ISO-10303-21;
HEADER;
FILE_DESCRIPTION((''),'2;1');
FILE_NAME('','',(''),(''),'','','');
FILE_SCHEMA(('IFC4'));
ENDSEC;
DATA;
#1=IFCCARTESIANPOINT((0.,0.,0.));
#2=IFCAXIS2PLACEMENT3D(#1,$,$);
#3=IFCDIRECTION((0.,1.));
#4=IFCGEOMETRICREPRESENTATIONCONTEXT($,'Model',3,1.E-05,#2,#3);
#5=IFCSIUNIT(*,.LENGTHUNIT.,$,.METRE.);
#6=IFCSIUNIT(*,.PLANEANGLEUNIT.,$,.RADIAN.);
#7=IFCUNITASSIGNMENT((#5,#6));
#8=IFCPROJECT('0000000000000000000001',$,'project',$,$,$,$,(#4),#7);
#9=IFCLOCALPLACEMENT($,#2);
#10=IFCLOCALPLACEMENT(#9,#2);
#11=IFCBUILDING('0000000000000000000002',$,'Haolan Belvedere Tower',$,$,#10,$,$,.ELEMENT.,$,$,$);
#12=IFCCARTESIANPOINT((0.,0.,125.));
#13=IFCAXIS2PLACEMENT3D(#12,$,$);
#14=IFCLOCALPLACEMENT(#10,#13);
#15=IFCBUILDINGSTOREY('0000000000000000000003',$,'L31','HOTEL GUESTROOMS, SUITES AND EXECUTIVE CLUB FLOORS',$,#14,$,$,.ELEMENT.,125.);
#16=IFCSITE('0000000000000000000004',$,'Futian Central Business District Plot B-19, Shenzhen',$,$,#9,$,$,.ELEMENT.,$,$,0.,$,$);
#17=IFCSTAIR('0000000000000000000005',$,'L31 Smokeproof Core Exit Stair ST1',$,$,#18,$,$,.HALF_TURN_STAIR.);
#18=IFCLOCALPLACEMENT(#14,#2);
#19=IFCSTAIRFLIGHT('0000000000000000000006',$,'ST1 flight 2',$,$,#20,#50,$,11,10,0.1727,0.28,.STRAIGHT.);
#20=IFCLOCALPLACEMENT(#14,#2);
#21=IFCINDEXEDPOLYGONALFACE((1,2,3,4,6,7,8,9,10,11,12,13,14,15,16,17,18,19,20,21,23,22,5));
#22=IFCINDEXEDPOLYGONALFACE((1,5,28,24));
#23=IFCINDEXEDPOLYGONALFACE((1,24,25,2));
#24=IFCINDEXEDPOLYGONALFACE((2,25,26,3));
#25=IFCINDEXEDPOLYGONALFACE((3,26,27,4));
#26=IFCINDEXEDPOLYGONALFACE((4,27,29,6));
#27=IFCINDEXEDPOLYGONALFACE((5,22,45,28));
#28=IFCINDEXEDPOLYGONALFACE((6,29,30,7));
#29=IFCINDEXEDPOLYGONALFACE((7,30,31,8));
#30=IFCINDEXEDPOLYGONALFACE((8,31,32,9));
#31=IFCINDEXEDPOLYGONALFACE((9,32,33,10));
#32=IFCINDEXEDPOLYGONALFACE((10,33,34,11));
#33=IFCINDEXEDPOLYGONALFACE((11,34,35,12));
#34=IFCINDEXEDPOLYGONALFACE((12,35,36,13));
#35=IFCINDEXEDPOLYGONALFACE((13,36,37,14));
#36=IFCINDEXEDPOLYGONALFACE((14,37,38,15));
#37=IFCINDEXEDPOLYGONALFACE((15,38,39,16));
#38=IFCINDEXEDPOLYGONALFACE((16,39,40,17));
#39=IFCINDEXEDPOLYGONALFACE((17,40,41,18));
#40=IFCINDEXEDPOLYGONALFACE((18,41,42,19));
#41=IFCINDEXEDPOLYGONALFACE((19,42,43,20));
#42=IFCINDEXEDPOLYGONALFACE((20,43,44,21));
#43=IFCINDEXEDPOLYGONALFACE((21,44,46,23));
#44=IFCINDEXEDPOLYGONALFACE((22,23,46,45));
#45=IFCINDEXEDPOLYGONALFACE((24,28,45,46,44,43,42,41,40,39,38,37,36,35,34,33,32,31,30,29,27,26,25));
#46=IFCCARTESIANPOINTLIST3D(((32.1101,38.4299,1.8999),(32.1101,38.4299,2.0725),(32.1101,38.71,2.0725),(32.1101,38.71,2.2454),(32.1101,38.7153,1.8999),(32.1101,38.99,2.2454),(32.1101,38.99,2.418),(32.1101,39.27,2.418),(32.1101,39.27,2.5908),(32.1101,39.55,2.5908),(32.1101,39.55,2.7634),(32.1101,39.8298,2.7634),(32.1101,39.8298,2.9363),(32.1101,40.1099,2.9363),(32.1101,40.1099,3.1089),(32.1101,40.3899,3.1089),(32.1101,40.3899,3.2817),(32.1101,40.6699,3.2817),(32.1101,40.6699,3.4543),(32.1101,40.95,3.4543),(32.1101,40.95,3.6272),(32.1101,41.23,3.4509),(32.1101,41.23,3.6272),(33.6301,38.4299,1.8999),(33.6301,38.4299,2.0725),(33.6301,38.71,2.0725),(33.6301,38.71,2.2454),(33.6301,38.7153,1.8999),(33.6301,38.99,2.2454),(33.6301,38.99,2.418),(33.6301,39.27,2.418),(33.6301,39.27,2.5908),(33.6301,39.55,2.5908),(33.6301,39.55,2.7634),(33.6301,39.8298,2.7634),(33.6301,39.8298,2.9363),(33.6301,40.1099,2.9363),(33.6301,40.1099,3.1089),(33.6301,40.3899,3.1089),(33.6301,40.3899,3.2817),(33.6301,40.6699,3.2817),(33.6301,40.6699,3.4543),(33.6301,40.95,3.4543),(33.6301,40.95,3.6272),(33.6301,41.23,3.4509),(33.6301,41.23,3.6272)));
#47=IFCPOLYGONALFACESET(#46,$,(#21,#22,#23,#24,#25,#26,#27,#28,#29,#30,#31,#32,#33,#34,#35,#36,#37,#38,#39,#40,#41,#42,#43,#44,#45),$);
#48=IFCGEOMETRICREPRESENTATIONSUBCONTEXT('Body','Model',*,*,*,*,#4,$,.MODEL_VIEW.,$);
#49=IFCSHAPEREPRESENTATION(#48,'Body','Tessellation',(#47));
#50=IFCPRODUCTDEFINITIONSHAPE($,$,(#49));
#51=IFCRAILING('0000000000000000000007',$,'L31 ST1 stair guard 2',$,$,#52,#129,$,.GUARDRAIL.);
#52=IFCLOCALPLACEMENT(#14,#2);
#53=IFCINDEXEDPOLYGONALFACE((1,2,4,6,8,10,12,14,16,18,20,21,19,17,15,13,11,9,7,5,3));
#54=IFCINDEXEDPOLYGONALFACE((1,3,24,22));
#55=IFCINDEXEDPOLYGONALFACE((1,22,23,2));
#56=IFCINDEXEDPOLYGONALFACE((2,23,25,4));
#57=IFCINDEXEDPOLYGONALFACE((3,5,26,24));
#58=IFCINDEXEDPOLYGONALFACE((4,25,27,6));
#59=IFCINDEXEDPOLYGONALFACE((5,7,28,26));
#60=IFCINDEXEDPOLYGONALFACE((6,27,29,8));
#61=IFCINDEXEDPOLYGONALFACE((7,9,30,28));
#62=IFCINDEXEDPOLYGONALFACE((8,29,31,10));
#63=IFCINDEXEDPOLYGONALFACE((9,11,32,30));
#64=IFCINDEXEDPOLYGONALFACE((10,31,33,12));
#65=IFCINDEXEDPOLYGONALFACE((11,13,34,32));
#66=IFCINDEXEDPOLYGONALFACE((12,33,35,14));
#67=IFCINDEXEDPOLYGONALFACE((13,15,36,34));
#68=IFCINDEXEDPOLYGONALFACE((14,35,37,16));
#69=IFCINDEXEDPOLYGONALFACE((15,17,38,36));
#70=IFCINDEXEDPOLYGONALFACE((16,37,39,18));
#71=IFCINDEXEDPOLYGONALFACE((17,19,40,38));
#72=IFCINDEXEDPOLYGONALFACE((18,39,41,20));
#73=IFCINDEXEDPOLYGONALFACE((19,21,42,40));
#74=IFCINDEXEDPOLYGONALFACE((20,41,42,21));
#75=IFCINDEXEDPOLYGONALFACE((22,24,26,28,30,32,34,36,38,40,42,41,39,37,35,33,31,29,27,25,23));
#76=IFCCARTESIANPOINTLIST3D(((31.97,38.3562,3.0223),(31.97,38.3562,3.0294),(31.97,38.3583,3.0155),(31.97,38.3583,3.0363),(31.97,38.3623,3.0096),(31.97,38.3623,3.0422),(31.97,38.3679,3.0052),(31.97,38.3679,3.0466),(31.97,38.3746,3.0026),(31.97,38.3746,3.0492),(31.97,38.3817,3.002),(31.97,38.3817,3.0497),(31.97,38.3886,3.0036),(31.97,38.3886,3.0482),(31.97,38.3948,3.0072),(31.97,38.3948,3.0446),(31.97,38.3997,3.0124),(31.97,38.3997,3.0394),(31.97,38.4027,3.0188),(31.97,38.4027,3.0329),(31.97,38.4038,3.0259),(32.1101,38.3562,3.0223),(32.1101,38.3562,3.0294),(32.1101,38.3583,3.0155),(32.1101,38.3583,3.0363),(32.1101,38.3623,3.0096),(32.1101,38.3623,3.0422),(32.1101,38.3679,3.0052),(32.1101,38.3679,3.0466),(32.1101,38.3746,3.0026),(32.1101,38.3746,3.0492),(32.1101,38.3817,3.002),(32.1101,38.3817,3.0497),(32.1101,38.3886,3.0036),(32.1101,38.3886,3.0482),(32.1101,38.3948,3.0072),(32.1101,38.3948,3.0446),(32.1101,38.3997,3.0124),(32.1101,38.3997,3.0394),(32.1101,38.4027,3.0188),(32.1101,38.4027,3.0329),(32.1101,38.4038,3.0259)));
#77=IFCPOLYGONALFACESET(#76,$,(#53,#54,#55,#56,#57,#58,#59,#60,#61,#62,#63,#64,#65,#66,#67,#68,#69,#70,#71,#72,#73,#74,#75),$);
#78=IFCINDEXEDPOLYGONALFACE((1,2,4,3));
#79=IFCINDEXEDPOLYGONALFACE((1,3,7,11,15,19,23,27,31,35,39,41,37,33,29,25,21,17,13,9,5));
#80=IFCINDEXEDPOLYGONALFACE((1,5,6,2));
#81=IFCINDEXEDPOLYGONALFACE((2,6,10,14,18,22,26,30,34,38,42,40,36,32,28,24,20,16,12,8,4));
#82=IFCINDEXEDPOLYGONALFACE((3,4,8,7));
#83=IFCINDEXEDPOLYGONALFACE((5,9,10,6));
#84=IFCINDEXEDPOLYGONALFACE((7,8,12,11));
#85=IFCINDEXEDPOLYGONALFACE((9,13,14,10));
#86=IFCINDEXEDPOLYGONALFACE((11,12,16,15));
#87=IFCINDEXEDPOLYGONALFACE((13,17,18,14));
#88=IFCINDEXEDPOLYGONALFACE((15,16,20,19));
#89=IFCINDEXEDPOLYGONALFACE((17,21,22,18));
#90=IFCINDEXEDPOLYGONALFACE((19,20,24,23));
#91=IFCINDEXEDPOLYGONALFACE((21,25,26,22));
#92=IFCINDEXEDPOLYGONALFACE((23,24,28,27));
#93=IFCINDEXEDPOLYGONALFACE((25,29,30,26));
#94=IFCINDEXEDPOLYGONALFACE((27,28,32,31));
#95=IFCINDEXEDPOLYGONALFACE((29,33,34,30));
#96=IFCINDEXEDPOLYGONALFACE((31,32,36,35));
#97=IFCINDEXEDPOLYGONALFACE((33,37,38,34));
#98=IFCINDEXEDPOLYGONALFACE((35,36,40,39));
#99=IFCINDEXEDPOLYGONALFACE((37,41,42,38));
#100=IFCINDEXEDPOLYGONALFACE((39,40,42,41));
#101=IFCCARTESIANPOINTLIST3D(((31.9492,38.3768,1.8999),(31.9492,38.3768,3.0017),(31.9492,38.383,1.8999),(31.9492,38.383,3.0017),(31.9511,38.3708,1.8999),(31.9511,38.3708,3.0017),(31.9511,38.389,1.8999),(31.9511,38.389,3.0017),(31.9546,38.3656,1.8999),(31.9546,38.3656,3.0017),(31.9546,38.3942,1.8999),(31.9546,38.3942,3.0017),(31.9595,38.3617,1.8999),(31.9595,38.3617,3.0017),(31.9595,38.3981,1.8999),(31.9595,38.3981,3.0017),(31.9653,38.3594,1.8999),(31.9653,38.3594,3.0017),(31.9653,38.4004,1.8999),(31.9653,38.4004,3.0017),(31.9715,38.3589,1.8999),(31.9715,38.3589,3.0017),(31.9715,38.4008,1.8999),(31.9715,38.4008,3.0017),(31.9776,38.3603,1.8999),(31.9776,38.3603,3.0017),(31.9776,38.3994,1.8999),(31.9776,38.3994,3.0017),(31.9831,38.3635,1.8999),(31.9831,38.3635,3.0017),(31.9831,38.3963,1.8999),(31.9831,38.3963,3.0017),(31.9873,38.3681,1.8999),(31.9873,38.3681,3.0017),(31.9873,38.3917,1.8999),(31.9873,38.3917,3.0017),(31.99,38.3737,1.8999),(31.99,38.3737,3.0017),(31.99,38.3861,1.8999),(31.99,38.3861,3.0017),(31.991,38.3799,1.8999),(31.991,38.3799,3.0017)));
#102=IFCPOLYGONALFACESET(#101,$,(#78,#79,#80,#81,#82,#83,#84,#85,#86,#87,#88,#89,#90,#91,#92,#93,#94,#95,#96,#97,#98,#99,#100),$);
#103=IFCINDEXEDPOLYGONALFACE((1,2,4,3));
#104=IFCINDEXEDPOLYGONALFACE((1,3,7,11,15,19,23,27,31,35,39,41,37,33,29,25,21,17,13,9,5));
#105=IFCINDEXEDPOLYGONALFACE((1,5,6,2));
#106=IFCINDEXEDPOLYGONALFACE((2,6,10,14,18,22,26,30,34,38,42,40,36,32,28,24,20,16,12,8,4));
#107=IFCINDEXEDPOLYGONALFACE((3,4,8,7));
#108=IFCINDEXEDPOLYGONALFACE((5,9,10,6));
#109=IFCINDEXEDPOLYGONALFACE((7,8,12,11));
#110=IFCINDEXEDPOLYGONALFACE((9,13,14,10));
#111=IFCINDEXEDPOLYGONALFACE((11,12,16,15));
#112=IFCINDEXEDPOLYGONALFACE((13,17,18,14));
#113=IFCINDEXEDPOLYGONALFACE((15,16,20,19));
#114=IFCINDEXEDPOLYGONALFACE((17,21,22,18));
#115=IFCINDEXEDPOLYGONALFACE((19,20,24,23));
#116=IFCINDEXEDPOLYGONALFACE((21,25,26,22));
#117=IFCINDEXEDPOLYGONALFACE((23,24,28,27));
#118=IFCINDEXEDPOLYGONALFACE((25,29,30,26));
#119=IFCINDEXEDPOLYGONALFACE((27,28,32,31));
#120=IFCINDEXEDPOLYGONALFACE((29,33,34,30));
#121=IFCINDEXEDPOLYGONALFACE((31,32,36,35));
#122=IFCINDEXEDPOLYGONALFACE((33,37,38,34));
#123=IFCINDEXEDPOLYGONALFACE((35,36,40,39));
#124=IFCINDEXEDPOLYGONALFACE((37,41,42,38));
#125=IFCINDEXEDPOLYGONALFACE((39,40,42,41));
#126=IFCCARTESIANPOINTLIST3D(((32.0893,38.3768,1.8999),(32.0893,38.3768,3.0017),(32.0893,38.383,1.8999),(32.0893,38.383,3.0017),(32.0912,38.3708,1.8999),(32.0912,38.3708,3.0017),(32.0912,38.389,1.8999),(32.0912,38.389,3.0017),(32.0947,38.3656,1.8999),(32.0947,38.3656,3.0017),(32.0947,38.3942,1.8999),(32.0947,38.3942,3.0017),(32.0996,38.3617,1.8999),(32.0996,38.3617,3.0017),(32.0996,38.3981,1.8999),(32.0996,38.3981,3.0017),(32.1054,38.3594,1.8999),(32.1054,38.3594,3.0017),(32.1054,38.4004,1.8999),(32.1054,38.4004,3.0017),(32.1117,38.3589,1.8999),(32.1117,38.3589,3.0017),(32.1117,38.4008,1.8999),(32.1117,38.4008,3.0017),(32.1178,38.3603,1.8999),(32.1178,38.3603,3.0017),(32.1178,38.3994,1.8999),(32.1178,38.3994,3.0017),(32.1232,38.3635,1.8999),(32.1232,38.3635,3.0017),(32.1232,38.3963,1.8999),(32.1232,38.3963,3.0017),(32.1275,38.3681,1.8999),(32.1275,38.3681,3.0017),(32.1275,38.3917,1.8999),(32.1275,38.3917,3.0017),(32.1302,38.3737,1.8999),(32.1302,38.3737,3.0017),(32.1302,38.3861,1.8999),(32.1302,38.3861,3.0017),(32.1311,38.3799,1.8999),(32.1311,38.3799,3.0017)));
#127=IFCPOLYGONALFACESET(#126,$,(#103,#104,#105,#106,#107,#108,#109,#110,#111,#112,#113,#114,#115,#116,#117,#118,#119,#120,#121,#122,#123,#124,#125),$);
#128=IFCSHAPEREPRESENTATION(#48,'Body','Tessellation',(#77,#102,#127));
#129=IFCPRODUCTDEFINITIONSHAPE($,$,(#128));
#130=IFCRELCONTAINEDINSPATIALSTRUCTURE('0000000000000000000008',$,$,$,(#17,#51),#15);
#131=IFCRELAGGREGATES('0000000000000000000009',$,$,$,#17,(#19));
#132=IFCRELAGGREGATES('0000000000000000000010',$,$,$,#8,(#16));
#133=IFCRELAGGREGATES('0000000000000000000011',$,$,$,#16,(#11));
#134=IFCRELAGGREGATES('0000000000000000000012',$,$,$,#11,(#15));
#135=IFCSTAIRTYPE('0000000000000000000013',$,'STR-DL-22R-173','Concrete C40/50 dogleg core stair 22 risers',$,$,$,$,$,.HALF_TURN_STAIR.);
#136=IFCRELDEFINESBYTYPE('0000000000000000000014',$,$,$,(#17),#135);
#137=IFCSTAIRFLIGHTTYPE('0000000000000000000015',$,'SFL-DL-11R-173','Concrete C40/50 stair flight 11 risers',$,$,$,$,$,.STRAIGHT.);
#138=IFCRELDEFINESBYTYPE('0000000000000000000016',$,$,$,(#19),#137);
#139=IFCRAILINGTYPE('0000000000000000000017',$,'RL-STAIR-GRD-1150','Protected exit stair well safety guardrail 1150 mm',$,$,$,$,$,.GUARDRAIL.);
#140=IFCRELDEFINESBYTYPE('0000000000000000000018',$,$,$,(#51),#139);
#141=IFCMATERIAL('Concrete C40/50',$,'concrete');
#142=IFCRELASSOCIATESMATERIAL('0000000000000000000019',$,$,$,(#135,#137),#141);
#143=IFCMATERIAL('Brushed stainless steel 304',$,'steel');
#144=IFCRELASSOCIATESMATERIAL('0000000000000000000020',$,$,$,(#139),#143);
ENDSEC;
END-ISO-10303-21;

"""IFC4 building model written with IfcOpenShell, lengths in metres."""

from ifc_helpers import new_model, si_unit, direction, frame, origin, origin_2d, place, context, subcontext, project, spatial, polyline, circle, outline, extrude, material, type_object, element, aggregate, save


model = new_model("IFC4")

# Units and contexts
model_context = context("Model", 3, precision=1e-05, world=origin(), true_north=direction((0.0, 1.0)))
body_context = subcontext(model_context, "Body", "Model", "MODEL_VIEW")
ifc_project = project(units=[si_unit("LENGTHUNIT", "METRE"), si_unit("PLANEANGLEUNIT", "RADIAN")], contexts=[model_context])

# Site, building, storey
site_placement = place(None, origin())
site = spatial("IfcSite", under=ifc_project, at=site_placement, Name="Futian Central Business District Plot B-19, Shenzhen", CompositionType="ELEMENT", RefElevation=0.0)
building_placement = place(site_placement, origin())
building = spatial("IfcBuilding", under=site, at=building_placement, Name="Haolan Belvedere Tower", CompositionType="ELEMENT")
storey_placement = place(building_placement, frame((0.0, 0.0, 125.0)))
storey = spatial("IfcBuildingStorey", under=building, at=storey_placement, Name="L31", Description="HOTEL GUESTROOMS, SUITES AND EXECUTIVE CLUB FLOORS", CompositionType="ELEMENT", Elevation=125.0)

# Stair, stair flight
ifc_material_1 = material(Name="Concrete C40/50", Category="concrete")
stair_type = type_object("IfcStairType", Name="STR-DL-22R-173", Description="Concrete C40/50 dogleg core stair 22 risers", PredefinedType="HALF_TURN_STAIR", material=ifc_material_1)
stair_placement = place(storey_placement, origin())
stair = element("IfcStair", 1, at=stair_placement, inside=storey, type_object=stair_type, Name="L31 Smokeproof Core Exit Stair ST1", PredefinedType="HALF_TURN_STAIR")
stair_flight_type = type_object("IfcStairFlightType", Name="SFL-DL-11R-173", Description="Concrete C40/50 stair flight 11 risers", PredefinedType="STRAIGHT", material=ifc_material_1)
stair_flight_1_placement = place(storey_placement, frame((32.8701, 38.4299, 1.8999), z_axis=(0.0, 0.0, 1.0), x_axis=(0.0, 1.0, 0.0)))
stair_flight_1 = element("IfcStairFlight", 2, at=stair_flight_1_placement, type_object=stair_flight_type, Name="ST1 flight 2", NumberOfRisers=11, NumberOfTreads=10, PredefinedType="STRAIGHT", RiserHeight=0.1727, TreadLength=0.28, context=body_context, shape_type="SweptSolid", body=[
    extrude(outline(polyline([(0.0, 0.0), (0.0, 0.1726), (0.28, 0.1726), (0.28, 0.3455), (0.5601, 0.3455), (0.5601, 0.5181), (0.8401, 0.5181), (0.8401, 0.6909), (1.1201, 0.6909), (1.1201, 0.8635), (1.3999, 0.8635), (1.3999, 1.0364), (1.6799, 1.0364), (1.6799, 1.209), (1.96, 1.209), (1.96, 1.3818), (2.24, 1.3818), (2.24, 1.5544), (2.52, 1.5544), (2.52, 1.7273), (2.8, 1.7273), (2.8, 1.8999), (2.8, 1.551), (0.2854, 0.0), (0.0, 0.0)])), frame((0.0, 0.76, 0.0), z_axis=(0.0, -1.0, 0.0), x_axis=(1.0, 0.0, 0.0)), (0.0, 0.0, 1.0), 1.52),
])
aggregate(stair, [stair_flight_1])

# Railing
ifc_material_2 = material(Name="Brushed stainless steel 304", Category="steel")
railing_type_1 = type_object("IfcRailingType", Name="RL-STAIR-GRD-1150", Description="Protected exit stair well safety guardrail 1150 mm", PredefinedType="GUARDRAIL", material=ifc_material_2)
railing_1_placement = place(storey_placement, frame((31.97, 38.3799, 1.8999)))
element("IfcRailing", 3, at=railing_1_placement, inside=storey, type_object=railing_type_1, Name="L31 ST1 stair guard 2", PredefinedType="GUARDRAIL", context=body_context, shape_type="SweptSolid", body=[
    extrude(circle(Radius=0.0239, at=origin_2d()), frame((0.0, 0.0, 1.126), z_axis=(1.0, 0.0, 0.0), x_axis=(0.0, 1.0, 0.0)), (0.0, 0.0, 1.0), 0.1401),
    extrude(circle(Radius=0.021, at=origin_2d()), origin(), (0.0, 0.0, 1.0), 1.1018),
    extrude(circle(Radius=0.021, at=origin_2d()), frame((0.1401, 0.0, 0.0)), (0.0, 0.0, 1.0), 1.1018),
])

save(model, "model.ifc")
